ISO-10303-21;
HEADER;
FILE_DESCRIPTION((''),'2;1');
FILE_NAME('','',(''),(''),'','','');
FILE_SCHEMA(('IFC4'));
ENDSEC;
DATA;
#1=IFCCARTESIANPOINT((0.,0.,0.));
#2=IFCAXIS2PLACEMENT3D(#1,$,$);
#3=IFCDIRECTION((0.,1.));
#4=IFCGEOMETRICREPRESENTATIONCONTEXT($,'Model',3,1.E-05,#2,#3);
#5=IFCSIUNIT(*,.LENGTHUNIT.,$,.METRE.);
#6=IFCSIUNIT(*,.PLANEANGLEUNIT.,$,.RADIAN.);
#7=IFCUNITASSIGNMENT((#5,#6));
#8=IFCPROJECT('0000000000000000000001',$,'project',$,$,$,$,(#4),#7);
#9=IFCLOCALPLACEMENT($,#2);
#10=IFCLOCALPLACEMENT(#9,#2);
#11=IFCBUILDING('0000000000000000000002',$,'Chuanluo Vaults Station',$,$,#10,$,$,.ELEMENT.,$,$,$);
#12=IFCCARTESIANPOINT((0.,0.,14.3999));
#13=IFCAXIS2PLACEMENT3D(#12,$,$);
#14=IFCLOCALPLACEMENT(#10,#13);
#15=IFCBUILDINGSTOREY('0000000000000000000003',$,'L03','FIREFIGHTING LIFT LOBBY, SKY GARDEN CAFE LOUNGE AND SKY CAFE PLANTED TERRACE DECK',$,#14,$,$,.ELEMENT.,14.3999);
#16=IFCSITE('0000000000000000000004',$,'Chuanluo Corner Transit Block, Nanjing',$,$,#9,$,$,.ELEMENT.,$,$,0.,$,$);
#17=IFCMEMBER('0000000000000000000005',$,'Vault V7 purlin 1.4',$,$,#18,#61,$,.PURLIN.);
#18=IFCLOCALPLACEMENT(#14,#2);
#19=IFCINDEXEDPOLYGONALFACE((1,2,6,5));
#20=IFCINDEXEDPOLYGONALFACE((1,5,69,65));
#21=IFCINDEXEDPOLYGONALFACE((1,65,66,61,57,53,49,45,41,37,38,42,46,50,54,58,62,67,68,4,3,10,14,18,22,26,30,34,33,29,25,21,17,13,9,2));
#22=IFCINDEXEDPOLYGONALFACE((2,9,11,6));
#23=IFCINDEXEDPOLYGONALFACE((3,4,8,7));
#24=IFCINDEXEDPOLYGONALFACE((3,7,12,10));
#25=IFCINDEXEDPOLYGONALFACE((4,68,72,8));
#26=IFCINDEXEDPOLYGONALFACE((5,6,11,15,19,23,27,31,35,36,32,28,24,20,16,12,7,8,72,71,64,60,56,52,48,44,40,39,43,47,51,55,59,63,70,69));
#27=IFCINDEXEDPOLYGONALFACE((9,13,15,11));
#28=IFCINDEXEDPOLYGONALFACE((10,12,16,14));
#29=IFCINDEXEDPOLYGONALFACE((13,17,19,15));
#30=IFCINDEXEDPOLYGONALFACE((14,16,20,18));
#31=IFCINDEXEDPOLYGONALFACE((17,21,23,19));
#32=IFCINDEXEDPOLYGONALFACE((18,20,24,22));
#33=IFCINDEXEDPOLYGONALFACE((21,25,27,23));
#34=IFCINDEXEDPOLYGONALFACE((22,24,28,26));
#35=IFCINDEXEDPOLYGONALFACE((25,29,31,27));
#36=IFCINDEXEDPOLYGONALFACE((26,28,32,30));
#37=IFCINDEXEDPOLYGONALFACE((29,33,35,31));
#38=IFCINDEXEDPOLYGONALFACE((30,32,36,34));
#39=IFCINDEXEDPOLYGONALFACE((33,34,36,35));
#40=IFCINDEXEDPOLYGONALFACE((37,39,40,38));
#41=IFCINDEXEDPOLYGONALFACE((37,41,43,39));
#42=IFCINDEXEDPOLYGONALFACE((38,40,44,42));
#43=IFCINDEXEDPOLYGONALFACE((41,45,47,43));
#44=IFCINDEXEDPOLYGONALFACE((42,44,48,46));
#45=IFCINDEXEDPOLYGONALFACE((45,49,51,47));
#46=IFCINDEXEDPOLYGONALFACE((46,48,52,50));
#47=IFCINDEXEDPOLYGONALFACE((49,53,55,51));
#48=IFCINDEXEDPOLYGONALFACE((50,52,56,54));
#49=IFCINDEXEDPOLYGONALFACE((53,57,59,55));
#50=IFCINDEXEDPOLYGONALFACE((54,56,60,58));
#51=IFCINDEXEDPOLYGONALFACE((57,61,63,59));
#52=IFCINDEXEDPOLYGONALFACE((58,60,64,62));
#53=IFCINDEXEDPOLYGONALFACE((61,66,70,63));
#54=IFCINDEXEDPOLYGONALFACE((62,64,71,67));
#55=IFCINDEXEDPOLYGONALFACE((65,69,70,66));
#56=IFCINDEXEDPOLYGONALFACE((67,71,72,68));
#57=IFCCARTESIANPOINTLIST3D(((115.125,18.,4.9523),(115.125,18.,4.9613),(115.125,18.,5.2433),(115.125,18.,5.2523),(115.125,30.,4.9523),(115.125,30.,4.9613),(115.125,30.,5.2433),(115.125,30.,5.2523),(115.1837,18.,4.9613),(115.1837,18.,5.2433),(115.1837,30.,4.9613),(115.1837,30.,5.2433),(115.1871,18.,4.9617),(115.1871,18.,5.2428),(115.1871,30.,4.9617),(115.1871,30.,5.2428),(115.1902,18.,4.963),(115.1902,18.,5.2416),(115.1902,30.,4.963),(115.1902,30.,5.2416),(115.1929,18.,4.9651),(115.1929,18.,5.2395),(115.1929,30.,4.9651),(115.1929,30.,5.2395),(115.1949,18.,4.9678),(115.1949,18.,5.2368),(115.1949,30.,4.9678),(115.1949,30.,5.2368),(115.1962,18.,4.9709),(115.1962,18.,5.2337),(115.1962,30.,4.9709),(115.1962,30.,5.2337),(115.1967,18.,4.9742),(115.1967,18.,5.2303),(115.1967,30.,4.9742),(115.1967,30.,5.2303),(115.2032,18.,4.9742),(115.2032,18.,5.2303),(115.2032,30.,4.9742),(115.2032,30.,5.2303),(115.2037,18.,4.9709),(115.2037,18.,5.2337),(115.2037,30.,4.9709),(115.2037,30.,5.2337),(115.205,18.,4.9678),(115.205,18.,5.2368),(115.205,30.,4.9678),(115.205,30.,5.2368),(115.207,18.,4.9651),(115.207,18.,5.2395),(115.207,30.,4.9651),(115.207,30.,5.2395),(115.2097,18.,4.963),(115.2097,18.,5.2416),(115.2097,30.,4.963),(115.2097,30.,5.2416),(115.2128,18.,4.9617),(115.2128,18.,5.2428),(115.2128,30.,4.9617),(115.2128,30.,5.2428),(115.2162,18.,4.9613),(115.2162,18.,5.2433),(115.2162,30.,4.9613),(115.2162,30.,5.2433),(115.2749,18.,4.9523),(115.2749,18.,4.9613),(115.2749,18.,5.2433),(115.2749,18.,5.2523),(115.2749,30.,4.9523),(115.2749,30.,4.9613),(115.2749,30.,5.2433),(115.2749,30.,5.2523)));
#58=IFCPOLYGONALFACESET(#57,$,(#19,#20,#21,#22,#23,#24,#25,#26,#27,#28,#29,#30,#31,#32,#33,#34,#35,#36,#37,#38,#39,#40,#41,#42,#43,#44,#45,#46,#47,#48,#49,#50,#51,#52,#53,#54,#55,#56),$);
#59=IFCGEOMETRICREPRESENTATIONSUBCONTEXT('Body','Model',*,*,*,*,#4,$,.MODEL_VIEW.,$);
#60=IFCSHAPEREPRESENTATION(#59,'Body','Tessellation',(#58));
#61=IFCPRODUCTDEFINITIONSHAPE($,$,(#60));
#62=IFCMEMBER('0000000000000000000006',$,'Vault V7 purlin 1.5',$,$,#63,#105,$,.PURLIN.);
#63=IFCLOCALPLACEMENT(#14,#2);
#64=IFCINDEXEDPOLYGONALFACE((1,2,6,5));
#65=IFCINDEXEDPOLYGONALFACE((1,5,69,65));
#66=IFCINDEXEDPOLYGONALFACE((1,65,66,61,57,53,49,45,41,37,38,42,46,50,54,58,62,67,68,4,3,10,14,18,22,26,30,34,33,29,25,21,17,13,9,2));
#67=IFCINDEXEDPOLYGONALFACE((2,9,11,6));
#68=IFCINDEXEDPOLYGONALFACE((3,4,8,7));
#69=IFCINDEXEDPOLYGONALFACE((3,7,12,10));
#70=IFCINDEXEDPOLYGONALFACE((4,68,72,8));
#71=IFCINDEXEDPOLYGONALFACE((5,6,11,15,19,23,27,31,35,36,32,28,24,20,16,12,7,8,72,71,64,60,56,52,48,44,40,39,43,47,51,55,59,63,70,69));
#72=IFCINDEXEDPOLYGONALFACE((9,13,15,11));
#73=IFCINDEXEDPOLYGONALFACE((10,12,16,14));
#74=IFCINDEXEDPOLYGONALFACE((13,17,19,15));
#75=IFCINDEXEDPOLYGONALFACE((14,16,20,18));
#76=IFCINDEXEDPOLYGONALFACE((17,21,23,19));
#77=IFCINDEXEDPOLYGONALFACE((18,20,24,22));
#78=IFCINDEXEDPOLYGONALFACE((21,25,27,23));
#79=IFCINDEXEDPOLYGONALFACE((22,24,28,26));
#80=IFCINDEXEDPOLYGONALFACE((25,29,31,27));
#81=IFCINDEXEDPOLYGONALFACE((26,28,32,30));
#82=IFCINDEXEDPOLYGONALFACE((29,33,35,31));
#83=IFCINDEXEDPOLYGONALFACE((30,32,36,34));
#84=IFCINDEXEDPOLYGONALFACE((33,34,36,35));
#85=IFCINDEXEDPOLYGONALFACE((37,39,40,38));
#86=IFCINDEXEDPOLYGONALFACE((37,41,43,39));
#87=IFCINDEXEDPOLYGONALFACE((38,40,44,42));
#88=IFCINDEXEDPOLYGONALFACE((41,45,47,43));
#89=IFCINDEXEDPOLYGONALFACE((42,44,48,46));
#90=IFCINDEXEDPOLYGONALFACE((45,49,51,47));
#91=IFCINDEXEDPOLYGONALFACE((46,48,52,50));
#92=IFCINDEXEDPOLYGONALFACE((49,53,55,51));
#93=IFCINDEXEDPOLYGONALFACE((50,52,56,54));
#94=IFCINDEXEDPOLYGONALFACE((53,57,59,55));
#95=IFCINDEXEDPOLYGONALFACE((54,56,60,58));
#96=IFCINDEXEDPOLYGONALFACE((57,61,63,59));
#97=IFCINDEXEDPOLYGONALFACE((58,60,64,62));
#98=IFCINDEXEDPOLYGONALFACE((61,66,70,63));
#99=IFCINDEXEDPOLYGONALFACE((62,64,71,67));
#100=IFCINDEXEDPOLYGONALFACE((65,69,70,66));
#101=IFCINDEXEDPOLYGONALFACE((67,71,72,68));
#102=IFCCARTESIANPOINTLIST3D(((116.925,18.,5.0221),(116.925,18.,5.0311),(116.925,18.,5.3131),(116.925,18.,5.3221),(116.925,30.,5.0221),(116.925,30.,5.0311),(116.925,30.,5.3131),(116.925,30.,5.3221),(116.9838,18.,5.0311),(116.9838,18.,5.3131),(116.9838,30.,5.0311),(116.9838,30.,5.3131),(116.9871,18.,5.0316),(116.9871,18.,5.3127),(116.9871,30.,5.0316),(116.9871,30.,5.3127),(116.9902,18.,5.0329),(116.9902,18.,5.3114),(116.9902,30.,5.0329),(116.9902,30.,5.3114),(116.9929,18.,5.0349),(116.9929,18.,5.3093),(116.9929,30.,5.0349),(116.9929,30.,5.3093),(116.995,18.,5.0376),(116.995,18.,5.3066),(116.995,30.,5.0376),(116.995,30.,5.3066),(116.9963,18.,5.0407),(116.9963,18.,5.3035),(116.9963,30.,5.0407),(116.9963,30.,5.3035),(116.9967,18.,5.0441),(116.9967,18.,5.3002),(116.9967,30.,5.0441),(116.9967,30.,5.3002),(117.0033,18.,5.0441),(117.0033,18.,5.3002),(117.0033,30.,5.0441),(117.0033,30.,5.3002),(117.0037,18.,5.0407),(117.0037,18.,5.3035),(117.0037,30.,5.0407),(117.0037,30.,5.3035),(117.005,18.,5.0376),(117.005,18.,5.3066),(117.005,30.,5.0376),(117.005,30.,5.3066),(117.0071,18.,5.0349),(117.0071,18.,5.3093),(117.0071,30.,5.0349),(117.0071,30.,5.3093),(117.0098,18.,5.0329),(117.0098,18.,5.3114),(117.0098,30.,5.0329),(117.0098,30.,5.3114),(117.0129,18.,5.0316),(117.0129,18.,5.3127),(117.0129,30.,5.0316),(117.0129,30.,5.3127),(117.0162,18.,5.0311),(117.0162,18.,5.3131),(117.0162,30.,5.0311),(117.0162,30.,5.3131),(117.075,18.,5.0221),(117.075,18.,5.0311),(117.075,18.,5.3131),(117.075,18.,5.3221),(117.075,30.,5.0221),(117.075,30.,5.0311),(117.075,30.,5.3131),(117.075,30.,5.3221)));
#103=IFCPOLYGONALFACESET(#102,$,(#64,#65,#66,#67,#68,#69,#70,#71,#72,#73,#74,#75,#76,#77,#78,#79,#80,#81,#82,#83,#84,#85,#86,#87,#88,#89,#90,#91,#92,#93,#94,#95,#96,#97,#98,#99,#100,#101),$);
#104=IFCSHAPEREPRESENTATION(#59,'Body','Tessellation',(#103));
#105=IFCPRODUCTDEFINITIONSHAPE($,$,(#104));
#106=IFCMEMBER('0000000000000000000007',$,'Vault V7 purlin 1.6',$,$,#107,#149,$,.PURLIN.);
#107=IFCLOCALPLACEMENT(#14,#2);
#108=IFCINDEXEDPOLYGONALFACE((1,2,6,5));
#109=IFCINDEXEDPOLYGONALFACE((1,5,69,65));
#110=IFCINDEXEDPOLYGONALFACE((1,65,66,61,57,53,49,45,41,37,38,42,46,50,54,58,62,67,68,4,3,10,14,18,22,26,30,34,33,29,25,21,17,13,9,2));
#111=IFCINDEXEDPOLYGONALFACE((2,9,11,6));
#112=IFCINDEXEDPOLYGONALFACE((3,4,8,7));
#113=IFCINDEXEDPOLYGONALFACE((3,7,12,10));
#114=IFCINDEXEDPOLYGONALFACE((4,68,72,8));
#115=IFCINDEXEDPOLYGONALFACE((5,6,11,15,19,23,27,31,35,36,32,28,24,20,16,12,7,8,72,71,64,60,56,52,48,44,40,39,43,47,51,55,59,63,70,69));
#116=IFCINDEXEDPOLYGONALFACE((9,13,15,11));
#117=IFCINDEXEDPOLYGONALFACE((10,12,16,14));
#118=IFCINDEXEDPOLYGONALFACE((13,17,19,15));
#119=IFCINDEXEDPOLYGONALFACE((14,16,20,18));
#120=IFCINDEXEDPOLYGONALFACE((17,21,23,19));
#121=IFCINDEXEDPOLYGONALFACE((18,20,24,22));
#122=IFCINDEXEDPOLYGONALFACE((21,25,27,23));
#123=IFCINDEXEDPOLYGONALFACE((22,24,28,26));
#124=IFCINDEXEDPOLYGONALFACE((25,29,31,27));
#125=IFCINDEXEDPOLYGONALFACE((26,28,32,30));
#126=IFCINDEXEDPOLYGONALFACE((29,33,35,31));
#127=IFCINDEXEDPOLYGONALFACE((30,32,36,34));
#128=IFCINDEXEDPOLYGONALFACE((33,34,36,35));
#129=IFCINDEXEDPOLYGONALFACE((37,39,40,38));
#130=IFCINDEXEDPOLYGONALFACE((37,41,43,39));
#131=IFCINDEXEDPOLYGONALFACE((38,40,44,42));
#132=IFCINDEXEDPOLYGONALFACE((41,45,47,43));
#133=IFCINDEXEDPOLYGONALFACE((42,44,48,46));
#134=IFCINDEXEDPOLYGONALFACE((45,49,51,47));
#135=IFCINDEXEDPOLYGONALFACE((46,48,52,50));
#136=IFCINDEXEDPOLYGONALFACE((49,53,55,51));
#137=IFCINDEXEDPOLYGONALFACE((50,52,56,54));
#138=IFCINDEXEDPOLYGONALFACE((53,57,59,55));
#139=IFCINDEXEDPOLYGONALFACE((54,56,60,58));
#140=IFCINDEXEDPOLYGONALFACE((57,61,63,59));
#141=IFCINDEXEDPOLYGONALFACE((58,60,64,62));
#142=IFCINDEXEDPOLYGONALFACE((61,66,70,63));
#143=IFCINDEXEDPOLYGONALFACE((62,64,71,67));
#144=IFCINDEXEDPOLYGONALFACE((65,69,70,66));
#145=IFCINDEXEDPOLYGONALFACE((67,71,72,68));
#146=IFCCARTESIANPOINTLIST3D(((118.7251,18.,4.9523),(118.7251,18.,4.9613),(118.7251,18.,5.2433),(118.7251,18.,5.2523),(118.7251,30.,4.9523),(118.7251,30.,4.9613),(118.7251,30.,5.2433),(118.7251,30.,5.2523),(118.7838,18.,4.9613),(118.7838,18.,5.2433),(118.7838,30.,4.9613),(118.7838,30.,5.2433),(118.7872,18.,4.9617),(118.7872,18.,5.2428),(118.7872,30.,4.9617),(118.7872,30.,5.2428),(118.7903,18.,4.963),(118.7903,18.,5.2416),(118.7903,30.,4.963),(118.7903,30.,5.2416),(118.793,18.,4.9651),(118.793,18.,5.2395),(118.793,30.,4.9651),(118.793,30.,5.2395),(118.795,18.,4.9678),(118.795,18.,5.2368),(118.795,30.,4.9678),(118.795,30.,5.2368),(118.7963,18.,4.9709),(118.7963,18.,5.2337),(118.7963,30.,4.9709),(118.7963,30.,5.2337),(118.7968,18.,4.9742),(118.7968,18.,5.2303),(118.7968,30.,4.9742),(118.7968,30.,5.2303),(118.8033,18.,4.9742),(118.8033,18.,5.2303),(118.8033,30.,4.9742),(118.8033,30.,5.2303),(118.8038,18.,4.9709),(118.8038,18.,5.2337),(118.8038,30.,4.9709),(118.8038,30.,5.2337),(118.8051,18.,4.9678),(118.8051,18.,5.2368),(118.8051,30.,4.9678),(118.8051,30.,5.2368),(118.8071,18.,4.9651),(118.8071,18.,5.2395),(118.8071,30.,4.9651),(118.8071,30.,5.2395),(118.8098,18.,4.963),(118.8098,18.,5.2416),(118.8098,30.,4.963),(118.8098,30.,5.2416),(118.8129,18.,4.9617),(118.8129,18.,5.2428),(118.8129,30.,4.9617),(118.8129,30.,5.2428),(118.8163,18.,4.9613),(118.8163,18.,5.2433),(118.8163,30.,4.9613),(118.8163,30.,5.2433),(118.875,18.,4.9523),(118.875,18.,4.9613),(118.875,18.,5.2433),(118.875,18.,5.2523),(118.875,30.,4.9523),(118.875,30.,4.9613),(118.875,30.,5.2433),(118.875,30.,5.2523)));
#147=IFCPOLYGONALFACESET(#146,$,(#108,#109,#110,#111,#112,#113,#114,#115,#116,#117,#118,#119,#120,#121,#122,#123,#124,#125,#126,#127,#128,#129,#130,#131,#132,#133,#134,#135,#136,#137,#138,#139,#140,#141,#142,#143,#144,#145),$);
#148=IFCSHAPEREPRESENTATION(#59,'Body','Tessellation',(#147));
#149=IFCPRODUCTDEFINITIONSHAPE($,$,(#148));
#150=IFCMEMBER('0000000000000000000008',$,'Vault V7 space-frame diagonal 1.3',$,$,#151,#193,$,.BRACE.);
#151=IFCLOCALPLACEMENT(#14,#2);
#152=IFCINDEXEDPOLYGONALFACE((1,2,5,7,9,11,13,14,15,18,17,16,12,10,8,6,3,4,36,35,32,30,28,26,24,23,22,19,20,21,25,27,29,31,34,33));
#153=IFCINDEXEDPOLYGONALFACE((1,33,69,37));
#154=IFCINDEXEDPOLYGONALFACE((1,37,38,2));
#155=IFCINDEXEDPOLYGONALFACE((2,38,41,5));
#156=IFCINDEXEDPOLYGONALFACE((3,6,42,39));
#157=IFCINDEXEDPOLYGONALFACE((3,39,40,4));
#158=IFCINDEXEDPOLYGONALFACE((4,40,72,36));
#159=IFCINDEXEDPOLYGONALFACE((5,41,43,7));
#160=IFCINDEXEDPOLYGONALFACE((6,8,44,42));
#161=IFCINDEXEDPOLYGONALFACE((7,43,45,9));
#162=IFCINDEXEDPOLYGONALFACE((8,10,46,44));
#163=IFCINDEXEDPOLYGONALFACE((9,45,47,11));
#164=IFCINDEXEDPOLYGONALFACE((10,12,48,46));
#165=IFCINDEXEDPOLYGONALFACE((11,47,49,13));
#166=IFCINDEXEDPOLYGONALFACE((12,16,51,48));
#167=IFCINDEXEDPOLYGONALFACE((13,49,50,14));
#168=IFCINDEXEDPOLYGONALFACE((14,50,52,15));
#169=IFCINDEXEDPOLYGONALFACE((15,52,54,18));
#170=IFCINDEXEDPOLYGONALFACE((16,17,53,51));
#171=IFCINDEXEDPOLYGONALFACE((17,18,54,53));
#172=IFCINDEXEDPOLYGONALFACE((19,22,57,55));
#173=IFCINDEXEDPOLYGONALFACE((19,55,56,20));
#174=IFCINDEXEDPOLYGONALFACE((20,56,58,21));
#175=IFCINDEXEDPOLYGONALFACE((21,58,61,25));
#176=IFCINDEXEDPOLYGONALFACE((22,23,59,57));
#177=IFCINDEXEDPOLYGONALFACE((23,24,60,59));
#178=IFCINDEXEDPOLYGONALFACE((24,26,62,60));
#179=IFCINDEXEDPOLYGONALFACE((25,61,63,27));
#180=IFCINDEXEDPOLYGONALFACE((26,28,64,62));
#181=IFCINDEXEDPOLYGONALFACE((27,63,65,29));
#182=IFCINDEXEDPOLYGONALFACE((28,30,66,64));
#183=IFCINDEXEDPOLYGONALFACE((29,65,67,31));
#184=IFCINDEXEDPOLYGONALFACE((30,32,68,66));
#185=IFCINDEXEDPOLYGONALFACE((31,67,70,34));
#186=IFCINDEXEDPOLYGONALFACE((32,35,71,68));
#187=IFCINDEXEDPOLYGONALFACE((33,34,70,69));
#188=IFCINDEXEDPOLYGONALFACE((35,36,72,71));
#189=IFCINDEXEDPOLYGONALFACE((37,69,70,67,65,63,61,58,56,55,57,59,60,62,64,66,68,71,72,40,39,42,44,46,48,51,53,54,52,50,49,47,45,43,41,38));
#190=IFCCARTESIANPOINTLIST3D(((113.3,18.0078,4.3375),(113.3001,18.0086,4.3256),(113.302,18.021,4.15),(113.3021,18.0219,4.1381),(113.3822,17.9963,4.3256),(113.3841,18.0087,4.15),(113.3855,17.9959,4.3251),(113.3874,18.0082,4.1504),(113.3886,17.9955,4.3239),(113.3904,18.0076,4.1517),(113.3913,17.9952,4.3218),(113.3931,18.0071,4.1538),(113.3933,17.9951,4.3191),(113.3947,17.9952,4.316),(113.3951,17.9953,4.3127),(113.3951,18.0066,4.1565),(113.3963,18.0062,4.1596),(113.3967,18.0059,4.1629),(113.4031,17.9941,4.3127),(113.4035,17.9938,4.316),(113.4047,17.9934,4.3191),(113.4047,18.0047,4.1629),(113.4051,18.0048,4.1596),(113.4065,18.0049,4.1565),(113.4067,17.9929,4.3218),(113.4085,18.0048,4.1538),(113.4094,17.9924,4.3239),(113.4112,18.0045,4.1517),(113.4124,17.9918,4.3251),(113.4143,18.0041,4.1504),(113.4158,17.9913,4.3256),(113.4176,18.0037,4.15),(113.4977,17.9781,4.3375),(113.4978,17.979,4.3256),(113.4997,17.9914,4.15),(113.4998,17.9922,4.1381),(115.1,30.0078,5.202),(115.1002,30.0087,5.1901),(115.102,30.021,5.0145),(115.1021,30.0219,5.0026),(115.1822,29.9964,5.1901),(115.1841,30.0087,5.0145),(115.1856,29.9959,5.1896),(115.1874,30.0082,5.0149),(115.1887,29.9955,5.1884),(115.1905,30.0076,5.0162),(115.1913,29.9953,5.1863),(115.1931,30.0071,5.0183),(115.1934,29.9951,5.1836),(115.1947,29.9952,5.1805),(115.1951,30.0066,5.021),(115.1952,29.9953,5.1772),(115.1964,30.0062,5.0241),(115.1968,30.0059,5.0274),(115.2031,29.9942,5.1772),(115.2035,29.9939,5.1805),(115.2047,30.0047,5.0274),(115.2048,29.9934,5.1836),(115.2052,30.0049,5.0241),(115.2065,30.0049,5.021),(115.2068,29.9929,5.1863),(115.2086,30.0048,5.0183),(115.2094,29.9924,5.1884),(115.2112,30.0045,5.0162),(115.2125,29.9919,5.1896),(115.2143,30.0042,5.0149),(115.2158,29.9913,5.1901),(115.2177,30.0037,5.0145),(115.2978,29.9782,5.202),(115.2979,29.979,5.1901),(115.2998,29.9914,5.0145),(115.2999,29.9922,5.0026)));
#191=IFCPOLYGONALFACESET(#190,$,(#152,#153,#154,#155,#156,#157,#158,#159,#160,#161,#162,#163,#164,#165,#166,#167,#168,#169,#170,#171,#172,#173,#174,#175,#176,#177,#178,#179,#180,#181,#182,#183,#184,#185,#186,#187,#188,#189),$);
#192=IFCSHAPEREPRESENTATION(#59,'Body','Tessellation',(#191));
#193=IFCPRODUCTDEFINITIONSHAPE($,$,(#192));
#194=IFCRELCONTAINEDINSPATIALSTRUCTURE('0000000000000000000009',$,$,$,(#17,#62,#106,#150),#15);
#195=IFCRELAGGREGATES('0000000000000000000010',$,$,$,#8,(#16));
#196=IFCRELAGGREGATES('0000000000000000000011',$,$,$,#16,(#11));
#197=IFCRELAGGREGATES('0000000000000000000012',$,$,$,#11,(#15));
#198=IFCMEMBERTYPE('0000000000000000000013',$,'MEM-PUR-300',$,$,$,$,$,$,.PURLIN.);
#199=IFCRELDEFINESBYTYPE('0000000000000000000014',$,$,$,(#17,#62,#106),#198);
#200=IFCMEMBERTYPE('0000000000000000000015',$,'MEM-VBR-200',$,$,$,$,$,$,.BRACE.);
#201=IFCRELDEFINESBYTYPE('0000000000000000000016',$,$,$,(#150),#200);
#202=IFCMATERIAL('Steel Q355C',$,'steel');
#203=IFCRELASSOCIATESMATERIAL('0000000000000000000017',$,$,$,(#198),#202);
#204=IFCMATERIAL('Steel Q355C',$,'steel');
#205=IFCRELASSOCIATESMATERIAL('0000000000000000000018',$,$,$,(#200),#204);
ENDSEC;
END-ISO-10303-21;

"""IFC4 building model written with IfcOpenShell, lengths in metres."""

from ifc_helpers import new_model, si_unit, direction, frame, origin, origin_2d, place, context, subcontext, project, spatial, i_section, extrude, material, material_profile, profile_set, type_object, element, save


model = new_model("IFC4")

# Units and contexts
model_context = context("Model", 3, precision=1e-05, world=origin(), true_north=direction((0.0, 1.0)))
body_context = subcontext(model_context, "Body", "Model", "MODEL_VIEW")
ifc_project = project(units=[si_unit("LENGTHUNIT", "METRE"), si_unit("PLANEANGLEUNIT", "RADIAN")], contexts=[model_context])

# Site, building, storey
site_placement = place(None, origin())
site = spatial("IfcSite", under=ifc_project, at=site_placement, Name="Chuanluo Corner Transit Block, Nanjing", CompositionType="ELEMENT", RefElevation=0.0)
building_placement = place(site_placement, origin())
building = spatial("IfcBuilding", under=site, at=building_placement, Name="Chuanluo Vaults Station", CompositionType="ELEMENT")
storey_placement = place(building_placement, frame((0.0, 0.0, 14.3999)))
storey = spatial("IfcBuildingStorey", under=building, at=storey_placement, Name="L03", Description="FIREFIGHTING LIFT LOBBY, SKY GARDEN CAFE LOUNGE AND SKY CAFE PLANTED TERRACE DECK", CompositionType="ELEMENT", Elevation=14.3999)

# Members
ifc_material_1 = material(Name="Steel Q355C", Category="steel")
ifc_material_profile_1 = material_profile(ifc_material_1, i_section(OverallWidth=0.1499, OverallDepth=0.3, WebThickness=0.0066, FlangeThickness=0.009, FilletRadius=0.0129, at=origin_2d()))
ifc_profile_set_1 = profile_set([ifc_material_profile_1], Name="Steel Q355C")
member_type_1 = type_object("IfcMemberType", Name="MEM-PUR-300", PredefinedType="PURLIN", material=ifc_profile_set_1)
for number, where, z_axis, x_axis, name in (
    (1, (115.2, 18.0, 5.1023), (0.0, 1.0, 0.0), (-1.0, 0.0, 0.0), "Vault V7 purlin 1.4"),
    (2, (117.0, 18.0, 5.1721), (0.0, 1.0, 0.0), (-1.0, 0.0, 0.0), "Vault V7 purlin 1.5"),
    (3, (118.8, 18.0, 5.1023), (0.0, 1.0, 0.0), (-1.0, 0.0, 0.0), "Vault V7 purlin 1.6"),
):
    element("IfcMember", number, at=place(storey_placement, frame(where, z_axis=z_axis, x_axis=x_axis)), inside=storey, type_object=member_type_1, Name=name, PredefinedType="PURLIN", context=body_context, shape_type="SweptSolid", body=[
        extrude(i_section(OverallWidth=0.1499, OverallDepth=0.3, WebThickness=0.0066, FlangeThickness=0.009, FilletRadius=0.0129, at=origin_2d()), origin(), (0.0, 0.0, 1.0), 12.0),
    ])
ifc_material_2 = material(Name="Steel Q355C", Category="steel")
ifc_material_profile_2 = material_profile(ifc_material_2, i_section(OverallWidth=0.2, OverallDepth=0.2, WebThickness=0.0081, FlangeThickness=0.012, FilletRadius=0.0129, at=origin_2d()))
ifc_profile_set_2 = profile_set([ifc_material_profile_2], Name="Steel Q355C")
member_type_2 = type_object("IfcMemberType", Name="MEM-VBR-200", PredefinedType="BRACE", material=ifc_profile_set_2)
member_1_placement = place(storey_placement, frame((113.3999, 18.0, 4.2378), z_axis=(0.147969, 0.986435, 0.071065), x_axis=(-0.988936, 0.148344, 0.0)))
element("IfcMember", 4, at=member_1_placement, inside=storey, type_object=member_type_2, Name="Vault V7 space-frame diagonal 1.3", PredefinedType="BRACE", context=body_context, shape_type="SweptSolid", body=[
    extrude(i_section(OverallWidth=0.2, OverallDepth=0.2, WebThickness=0.0081, FlangeThickness=0.012, FilletRadius=0.0129, at=origin_2d()), origin(), (0.0, 0.0, 1.0), 12.165),
])

save(model, "model.ifc")
